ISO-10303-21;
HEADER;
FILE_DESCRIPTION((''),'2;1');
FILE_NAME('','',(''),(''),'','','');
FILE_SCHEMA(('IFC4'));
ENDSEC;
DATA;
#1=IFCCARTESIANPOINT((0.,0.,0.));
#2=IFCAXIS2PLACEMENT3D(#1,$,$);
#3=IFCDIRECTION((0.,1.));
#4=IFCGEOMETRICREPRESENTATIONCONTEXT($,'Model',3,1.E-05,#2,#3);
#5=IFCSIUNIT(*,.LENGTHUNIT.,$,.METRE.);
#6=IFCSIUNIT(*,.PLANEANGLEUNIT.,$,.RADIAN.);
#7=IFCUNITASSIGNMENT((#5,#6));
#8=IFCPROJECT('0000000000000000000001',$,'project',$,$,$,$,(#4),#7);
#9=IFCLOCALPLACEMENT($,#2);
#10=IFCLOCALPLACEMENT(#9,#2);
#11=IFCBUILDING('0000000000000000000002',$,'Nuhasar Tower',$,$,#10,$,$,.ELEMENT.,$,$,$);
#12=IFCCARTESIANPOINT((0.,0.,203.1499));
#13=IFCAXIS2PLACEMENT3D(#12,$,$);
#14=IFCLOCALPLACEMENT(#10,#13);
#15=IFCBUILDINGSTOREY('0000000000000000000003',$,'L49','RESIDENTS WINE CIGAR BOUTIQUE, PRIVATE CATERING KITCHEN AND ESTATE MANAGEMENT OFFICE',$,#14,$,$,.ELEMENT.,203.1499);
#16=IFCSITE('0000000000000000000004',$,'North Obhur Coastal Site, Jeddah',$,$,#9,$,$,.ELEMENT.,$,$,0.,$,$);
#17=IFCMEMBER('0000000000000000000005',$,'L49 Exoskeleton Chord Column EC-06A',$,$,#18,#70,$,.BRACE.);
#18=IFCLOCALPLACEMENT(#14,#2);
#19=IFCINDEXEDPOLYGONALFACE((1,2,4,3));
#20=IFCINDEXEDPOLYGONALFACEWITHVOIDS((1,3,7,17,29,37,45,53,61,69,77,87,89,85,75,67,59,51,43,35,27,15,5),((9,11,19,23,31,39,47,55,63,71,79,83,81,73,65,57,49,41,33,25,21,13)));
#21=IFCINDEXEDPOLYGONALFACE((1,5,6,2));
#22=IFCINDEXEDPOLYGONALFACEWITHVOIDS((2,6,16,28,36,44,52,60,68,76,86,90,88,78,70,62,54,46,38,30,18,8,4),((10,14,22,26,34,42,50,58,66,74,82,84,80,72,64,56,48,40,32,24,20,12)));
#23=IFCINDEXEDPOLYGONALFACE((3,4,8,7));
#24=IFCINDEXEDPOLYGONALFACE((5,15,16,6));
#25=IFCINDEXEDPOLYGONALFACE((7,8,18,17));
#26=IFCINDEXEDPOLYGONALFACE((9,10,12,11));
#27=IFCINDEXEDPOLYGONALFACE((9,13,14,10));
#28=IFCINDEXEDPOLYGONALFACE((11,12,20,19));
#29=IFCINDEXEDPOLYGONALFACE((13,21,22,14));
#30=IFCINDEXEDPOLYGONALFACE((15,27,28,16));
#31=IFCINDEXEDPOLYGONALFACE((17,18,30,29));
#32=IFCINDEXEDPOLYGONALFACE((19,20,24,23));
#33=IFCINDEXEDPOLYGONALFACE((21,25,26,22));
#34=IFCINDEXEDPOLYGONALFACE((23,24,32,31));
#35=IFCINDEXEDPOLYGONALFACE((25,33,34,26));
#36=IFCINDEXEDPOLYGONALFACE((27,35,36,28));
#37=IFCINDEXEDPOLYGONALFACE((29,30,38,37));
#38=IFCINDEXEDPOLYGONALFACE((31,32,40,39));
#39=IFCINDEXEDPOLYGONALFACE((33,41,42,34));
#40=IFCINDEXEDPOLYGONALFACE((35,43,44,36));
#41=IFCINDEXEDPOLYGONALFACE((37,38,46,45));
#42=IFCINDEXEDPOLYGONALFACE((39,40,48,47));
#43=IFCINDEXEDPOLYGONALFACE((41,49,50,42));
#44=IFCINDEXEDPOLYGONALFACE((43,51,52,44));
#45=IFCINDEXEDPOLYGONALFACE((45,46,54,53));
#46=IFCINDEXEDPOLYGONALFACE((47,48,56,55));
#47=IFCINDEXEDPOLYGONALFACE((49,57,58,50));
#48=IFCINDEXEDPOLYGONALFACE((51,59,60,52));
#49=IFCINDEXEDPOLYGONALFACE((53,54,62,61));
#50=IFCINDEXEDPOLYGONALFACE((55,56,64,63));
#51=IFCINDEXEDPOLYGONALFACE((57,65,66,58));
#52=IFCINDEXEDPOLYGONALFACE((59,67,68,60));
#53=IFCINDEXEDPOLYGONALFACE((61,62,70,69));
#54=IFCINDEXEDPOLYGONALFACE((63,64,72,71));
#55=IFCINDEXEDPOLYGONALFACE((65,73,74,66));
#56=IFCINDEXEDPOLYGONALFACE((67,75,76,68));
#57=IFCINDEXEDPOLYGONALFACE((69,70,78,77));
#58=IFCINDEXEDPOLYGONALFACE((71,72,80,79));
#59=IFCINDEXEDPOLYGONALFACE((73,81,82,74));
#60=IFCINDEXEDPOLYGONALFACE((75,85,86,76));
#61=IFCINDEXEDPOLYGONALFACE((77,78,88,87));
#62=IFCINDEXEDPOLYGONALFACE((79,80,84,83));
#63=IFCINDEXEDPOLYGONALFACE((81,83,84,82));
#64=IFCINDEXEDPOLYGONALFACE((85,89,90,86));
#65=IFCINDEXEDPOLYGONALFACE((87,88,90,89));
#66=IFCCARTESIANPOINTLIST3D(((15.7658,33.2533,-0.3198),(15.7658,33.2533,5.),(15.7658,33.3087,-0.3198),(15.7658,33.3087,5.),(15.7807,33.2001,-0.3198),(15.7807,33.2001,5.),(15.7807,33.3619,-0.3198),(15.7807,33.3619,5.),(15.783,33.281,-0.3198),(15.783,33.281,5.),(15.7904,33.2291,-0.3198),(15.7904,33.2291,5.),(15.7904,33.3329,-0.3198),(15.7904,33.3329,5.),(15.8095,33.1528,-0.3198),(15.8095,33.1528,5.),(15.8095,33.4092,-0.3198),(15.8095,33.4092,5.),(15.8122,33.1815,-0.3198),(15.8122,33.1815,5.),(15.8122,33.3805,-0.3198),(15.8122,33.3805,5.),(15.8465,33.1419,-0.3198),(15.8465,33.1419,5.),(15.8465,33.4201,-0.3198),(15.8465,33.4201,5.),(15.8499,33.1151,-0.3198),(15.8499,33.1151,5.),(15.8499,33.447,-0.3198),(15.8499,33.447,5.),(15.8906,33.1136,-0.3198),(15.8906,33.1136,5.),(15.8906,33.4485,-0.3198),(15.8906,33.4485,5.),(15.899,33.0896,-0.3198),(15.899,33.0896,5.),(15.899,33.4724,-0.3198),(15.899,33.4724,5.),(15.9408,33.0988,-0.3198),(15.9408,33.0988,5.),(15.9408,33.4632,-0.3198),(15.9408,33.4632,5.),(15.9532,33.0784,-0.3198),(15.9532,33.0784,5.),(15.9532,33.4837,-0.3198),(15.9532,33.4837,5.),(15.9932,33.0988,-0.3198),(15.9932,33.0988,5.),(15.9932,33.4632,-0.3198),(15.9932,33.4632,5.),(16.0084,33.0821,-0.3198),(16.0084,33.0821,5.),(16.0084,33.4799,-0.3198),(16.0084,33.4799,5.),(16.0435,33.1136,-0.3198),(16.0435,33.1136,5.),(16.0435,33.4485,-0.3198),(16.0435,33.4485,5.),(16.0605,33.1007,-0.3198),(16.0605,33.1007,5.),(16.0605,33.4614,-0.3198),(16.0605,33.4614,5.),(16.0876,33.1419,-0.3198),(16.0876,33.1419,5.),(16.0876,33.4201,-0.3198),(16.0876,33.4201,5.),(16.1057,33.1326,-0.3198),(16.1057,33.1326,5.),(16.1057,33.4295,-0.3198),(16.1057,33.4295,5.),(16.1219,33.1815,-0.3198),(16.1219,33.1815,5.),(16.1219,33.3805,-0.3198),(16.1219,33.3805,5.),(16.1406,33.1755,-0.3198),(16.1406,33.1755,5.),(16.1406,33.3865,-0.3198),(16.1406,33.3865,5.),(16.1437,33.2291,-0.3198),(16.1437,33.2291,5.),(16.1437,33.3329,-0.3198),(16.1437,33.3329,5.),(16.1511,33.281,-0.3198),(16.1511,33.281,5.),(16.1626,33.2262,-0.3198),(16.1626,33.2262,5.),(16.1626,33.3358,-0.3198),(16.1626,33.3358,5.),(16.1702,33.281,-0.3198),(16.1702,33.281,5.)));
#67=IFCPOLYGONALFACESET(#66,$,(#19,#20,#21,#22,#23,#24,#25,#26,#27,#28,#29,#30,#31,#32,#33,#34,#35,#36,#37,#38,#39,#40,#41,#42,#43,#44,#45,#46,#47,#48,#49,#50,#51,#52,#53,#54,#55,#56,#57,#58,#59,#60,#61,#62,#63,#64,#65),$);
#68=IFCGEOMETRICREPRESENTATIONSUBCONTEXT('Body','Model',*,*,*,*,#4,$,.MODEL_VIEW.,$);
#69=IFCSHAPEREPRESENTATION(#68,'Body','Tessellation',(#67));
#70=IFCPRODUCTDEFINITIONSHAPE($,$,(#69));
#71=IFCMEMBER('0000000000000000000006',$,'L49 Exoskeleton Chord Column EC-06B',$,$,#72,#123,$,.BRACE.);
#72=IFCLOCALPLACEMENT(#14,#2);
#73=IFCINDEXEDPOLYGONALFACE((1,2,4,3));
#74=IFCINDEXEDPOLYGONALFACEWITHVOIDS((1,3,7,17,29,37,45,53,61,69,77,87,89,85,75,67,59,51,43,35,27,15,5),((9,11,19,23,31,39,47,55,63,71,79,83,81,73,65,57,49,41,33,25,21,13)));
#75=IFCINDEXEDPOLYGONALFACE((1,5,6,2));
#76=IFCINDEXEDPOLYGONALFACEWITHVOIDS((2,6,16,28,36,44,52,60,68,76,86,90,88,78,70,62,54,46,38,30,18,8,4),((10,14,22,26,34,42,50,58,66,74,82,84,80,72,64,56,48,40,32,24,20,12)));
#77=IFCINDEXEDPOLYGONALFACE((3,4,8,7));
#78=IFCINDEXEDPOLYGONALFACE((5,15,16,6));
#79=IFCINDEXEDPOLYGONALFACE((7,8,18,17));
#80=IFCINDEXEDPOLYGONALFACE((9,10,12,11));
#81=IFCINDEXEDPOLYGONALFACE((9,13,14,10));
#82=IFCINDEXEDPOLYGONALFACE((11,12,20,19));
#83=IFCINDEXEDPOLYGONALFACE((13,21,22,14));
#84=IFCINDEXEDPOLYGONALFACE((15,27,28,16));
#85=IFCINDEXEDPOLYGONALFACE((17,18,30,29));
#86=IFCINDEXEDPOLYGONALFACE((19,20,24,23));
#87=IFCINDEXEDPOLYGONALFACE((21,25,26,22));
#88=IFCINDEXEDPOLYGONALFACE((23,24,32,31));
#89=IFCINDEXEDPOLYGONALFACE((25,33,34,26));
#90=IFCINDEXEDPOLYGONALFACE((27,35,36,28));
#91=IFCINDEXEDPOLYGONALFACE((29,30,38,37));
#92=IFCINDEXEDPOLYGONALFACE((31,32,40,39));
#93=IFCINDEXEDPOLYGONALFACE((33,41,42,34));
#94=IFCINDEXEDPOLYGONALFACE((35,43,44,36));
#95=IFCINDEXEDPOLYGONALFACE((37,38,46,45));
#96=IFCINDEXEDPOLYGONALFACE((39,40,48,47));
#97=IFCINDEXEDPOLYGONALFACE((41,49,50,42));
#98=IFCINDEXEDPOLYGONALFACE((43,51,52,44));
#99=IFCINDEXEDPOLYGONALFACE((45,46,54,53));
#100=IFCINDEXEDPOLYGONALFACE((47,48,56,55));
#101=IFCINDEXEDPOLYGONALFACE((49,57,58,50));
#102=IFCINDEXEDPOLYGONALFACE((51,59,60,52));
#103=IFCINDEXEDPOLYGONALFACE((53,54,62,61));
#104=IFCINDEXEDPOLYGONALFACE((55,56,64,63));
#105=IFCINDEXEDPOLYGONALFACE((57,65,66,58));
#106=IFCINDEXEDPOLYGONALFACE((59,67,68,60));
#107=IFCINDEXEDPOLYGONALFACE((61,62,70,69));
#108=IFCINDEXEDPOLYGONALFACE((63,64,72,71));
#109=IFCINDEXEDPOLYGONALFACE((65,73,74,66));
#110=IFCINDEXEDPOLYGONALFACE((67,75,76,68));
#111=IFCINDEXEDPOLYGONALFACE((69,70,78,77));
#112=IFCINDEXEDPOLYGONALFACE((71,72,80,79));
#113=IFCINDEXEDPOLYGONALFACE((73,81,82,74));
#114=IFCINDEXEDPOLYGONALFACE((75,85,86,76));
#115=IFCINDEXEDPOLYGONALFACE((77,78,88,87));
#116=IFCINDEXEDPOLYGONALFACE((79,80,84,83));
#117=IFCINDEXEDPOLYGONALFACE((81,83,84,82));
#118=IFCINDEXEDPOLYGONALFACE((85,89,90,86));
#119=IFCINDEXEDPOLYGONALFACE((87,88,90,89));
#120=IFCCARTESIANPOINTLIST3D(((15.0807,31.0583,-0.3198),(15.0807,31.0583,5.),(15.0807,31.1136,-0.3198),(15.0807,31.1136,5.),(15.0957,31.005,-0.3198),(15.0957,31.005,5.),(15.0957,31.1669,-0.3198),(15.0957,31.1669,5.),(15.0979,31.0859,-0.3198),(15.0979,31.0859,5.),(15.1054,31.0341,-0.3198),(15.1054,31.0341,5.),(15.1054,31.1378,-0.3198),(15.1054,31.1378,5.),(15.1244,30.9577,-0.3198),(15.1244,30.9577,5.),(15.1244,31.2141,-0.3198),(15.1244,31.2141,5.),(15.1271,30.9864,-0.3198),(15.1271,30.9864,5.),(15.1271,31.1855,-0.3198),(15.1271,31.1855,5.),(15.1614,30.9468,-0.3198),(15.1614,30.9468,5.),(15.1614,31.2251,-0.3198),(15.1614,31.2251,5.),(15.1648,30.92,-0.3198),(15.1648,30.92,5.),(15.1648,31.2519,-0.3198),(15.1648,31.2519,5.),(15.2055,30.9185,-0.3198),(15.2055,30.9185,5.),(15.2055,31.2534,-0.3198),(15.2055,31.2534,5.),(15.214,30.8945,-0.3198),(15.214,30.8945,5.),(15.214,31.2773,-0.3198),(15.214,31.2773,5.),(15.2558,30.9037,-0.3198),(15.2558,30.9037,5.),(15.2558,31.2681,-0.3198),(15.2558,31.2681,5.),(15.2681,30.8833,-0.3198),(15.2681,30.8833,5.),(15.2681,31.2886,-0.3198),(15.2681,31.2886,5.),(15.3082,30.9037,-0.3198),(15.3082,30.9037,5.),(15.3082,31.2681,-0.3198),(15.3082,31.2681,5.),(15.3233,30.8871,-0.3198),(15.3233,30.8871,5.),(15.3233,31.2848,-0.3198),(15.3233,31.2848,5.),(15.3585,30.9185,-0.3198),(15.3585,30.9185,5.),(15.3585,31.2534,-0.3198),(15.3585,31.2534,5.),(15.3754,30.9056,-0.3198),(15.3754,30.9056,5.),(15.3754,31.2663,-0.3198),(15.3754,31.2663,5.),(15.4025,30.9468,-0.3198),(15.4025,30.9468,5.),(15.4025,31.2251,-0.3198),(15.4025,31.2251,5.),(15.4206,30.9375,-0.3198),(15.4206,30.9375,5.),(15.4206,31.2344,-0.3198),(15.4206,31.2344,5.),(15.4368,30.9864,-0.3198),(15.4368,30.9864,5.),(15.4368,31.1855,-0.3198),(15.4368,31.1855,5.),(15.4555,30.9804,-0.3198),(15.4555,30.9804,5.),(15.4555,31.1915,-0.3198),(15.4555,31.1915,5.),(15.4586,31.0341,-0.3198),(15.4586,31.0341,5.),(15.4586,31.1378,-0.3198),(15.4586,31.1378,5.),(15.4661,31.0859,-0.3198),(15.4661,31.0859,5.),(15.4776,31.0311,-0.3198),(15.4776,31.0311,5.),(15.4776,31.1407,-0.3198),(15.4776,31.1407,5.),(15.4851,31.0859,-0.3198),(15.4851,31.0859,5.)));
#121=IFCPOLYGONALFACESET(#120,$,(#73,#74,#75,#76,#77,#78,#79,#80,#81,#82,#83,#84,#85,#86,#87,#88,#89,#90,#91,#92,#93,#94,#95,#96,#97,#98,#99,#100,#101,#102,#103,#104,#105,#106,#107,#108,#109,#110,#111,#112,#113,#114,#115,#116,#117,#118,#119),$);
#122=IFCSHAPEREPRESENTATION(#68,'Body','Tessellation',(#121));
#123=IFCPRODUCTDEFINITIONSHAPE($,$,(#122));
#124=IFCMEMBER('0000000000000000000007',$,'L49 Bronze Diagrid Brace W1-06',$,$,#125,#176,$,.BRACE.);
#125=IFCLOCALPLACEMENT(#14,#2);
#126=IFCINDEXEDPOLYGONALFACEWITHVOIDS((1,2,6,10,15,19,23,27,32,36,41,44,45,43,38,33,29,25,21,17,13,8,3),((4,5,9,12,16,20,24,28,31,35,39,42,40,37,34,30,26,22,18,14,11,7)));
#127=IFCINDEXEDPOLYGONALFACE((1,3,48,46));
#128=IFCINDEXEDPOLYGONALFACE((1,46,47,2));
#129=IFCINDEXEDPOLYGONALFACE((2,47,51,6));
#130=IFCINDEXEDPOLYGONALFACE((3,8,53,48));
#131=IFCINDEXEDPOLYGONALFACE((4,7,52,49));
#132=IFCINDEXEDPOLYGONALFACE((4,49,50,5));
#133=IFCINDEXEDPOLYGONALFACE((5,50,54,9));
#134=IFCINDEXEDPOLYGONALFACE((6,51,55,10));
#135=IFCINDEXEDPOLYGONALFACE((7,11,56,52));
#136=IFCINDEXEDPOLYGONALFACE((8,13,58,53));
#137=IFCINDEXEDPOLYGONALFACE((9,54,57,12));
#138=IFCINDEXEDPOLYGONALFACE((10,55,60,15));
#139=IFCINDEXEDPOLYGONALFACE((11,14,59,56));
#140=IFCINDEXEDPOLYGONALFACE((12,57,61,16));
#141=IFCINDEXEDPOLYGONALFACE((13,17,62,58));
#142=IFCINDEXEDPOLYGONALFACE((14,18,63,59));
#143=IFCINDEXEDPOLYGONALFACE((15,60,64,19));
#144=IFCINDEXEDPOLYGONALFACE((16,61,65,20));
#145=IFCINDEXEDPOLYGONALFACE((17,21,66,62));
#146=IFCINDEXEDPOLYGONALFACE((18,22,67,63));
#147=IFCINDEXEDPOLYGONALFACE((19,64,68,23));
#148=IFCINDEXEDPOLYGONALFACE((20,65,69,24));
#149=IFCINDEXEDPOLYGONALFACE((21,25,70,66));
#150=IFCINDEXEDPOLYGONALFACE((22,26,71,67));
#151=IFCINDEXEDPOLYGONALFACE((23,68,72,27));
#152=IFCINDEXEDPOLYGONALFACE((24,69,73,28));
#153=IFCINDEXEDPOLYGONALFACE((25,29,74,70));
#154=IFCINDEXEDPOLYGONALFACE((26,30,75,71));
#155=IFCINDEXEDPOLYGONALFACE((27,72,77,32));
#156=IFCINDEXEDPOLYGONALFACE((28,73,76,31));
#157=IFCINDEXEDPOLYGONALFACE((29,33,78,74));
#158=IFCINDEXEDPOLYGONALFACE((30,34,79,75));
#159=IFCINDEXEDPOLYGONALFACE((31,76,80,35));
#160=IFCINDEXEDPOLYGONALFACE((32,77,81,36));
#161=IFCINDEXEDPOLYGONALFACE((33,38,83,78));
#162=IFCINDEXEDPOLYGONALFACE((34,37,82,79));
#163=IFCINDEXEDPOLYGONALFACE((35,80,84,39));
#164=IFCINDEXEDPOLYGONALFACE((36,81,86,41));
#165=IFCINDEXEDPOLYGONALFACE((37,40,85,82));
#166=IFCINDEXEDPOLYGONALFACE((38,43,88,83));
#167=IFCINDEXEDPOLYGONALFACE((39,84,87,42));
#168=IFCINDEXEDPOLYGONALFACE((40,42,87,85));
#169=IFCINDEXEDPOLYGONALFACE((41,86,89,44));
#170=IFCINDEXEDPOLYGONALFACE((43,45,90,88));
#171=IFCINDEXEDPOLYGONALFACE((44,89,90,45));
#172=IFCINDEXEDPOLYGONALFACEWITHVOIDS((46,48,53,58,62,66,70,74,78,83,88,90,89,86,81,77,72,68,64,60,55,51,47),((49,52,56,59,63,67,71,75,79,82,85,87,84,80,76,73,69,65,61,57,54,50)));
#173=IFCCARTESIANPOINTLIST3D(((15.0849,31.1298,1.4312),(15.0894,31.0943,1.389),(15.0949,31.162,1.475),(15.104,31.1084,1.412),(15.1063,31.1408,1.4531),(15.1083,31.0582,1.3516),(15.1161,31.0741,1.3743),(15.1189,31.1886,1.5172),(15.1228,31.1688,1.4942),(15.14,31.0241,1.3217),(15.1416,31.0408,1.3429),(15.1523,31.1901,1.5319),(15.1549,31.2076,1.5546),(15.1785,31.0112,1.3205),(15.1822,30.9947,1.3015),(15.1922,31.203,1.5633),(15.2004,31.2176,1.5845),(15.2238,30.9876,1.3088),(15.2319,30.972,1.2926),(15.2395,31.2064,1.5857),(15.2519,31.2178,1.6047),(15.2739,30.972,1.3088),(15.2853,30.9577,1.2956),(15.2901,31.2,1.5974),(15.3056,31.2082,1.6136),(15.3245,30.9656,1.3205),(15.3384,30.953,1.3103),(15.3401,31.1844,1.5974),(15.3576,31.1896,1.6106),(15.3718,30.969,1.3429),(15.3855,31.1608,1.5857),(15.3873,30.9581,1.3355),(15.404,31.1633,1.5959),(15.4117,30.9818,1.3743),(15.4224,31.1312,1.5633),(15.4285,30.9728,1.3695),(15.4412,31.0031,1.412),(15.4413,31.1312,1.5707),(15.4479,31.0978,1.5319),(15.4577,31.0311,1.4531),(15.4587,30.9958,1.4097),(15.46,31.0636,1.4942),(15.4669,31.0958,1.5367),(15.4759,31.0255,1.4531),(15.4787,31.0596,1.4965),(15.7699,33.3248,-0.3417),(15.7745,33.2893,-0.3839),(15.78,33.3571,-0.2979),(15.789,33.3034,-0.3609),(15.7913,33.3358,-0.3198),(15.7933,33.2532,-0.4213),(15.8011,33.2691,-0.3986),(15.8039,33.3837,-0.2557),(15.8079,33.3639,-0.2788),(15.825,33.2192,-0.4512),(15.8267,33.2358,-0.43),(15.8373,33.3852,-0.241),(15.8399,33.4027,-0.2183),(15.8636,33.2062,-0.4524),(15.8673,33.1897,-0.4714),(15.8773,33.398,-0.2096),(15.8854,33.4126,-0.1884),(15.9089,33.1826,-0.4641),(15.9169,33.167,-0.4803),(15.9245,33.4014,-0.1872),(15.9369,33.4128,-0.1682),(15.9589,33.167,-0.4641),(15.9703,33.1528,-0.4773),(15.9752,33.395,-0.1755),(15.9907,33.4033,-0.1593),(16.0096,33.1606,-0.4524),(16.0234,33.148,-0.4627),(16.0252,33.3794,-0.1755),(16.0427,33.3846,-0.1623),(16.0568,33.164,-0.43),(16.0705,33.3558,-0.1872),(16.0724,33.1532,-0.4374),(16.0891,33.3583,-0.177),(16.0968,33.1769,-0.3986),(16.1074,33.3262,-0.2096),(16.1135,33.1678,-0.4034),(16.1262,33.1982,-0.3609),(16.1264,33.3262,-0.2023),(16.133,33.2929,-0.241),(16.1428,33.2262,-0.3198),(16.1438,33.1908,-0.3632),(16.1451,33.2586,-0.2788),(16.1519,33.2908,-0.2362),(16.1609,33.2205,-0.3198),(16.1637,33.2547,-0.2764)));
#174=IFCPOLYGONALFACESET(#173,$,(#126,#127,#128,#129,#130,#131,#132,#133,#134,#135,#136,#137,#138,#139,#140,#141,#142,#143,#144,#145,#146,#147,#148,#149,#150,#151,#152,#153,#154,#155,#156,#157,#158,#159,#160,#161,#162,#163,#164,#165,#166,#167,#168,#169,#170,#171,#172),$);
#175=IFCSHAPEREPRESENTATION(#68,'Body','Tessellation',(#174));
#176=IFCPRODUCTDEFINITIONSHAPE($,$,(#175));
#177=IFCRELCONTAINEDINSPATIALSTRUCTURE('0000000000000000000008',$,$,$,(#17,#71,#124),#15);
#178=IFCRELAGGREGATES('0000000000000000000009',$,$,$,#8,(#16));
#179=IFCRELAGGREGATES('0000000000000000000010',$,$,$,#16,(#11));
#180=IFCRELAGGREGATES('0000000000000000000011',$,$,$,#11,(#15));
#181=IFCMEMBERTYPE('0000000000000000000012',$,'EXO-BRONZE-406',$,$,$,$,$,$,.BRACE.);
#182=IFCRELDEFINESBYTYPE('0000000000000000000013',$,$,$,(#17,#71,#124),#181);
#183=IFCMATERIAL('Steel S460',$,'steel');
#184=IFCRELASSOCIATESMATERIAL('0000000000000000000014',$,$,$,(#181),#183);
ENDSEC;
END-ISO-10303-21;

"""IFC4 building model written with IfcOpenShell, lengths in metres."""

from ifc_helpers import new_model, si_unit, direction, frame, origin, origin_2d, place, context, subcontext, project, spatial, hollow_circle, extrude, material, material_profile, profile_set, type_object, element, save


model = new_model("IFC4")

# Units and contexts
model_context = context("Model", 3, precision=1e-05, world=origin(), true_north=direction((0.0, 1.0)))
body_context = subcontext(model_context, "Body", "Model", "MODEL_VIEW")
ifc_project = project(units=[si_unit("LENGTHUNIT", "METRE"), si_unit("PLANEANGLEUNIT", "RADIAN")], contexts=[model_context])

# Site, building, storey
site_placement = place(None, origin())
site = spatial("IfcSite", under=ifc_project, at=site_placement, Name="North Obhur Coastal Site, Jeddah", CompositionType="ELEMENT", RefElevation=0.0)
building_placement = place(site_placement, origin())
building = spatial("IfcBuilding", under=site, at=building_placement, Name="Nuhasar Tower", CompositionType="ELEMENT")
storey_placement = place(building_placement, frame((0.0, 0.0, 203.1499)))
storey = spatial("IfcBuildingStorey", under=building, at=storey_placement, Name="L49", Description="RESIDENTS WINE CIGAR BOUTIQUE, PRIVATE CATERING KITCHEN AND ESTATE MANAGEMENT OFFICE", CompositionType="ELEMENT", Elevation=203.1499)

# Shared definitions
ifc_material_1 = material(Name="Steel S460", Category="steel")

# Members
ifc_material_profile_1 = material_profile(ifc_material_1, hollow_circle(Radius=0.2031, WallThickness=0.019, at=origin_2d()), Name="HSS406.4X19.1")
ifc_profile_set_1 = profile_set([ifc_material_profile_1], Name="Steel S460")
member_type_1 = type_object("IfcMemberType", Name="EXO-BRONZE-406", PredefinedType="BRACE", material=ifc_profile_set_1)
for number, where, z_axis, x_axis, name in (
    (1, (15.967, 33.281, -0.3198), (0.0, 0.0, 1.0), (1.0, 0.0, 0.0), "L49 Exoskeleton Chord Column EC-06A"),
    (2, (15.282, 31.0859, -0.3198), (0.0, 0.0, 1.0), (1.0, 0.0, 0.0), "L49 Exoskeleton Chord Column EC-06B"),
):
    element("IfcMember", number, at=place(storey_placement, frame(where, z_axis=z_axis, x_axis=x_axis)), inside=storey, type_object=member_type_1, Name=name, PredefinedType="BRACE", context=body_context, shape_type="SweptSolid", body=[
        extrude(hollow_circle(Radius=0.2031, WallThickness=0.019, at=origin_2d()), origin(), (0.0, 0.0, 1.0), 5.3198),
    ])
member_1_placement = place(storey_placement, frame((15.967, 33.281, -0.3198), z_axis=(-0.235933, -0.755978, 0.610601), x_axis=(0.954591, -0.297918, 0.0)))
element("IfcMember", 3, at=member_1_placement, inside=storey, type_object=member_type_1, Name="L49 Bronze Diagrid Brace W1-06", PredefinedType="BRACE", context=body_context, shape_type="SweptSolid", body=[
    extrude(hollow_circle(Radius=0.2031, WallThickness=0.019, at=origin_2d()), origin(), (0.0, 0.0, 1.0), 2.9036),
])

save(model, "model.ifc")
